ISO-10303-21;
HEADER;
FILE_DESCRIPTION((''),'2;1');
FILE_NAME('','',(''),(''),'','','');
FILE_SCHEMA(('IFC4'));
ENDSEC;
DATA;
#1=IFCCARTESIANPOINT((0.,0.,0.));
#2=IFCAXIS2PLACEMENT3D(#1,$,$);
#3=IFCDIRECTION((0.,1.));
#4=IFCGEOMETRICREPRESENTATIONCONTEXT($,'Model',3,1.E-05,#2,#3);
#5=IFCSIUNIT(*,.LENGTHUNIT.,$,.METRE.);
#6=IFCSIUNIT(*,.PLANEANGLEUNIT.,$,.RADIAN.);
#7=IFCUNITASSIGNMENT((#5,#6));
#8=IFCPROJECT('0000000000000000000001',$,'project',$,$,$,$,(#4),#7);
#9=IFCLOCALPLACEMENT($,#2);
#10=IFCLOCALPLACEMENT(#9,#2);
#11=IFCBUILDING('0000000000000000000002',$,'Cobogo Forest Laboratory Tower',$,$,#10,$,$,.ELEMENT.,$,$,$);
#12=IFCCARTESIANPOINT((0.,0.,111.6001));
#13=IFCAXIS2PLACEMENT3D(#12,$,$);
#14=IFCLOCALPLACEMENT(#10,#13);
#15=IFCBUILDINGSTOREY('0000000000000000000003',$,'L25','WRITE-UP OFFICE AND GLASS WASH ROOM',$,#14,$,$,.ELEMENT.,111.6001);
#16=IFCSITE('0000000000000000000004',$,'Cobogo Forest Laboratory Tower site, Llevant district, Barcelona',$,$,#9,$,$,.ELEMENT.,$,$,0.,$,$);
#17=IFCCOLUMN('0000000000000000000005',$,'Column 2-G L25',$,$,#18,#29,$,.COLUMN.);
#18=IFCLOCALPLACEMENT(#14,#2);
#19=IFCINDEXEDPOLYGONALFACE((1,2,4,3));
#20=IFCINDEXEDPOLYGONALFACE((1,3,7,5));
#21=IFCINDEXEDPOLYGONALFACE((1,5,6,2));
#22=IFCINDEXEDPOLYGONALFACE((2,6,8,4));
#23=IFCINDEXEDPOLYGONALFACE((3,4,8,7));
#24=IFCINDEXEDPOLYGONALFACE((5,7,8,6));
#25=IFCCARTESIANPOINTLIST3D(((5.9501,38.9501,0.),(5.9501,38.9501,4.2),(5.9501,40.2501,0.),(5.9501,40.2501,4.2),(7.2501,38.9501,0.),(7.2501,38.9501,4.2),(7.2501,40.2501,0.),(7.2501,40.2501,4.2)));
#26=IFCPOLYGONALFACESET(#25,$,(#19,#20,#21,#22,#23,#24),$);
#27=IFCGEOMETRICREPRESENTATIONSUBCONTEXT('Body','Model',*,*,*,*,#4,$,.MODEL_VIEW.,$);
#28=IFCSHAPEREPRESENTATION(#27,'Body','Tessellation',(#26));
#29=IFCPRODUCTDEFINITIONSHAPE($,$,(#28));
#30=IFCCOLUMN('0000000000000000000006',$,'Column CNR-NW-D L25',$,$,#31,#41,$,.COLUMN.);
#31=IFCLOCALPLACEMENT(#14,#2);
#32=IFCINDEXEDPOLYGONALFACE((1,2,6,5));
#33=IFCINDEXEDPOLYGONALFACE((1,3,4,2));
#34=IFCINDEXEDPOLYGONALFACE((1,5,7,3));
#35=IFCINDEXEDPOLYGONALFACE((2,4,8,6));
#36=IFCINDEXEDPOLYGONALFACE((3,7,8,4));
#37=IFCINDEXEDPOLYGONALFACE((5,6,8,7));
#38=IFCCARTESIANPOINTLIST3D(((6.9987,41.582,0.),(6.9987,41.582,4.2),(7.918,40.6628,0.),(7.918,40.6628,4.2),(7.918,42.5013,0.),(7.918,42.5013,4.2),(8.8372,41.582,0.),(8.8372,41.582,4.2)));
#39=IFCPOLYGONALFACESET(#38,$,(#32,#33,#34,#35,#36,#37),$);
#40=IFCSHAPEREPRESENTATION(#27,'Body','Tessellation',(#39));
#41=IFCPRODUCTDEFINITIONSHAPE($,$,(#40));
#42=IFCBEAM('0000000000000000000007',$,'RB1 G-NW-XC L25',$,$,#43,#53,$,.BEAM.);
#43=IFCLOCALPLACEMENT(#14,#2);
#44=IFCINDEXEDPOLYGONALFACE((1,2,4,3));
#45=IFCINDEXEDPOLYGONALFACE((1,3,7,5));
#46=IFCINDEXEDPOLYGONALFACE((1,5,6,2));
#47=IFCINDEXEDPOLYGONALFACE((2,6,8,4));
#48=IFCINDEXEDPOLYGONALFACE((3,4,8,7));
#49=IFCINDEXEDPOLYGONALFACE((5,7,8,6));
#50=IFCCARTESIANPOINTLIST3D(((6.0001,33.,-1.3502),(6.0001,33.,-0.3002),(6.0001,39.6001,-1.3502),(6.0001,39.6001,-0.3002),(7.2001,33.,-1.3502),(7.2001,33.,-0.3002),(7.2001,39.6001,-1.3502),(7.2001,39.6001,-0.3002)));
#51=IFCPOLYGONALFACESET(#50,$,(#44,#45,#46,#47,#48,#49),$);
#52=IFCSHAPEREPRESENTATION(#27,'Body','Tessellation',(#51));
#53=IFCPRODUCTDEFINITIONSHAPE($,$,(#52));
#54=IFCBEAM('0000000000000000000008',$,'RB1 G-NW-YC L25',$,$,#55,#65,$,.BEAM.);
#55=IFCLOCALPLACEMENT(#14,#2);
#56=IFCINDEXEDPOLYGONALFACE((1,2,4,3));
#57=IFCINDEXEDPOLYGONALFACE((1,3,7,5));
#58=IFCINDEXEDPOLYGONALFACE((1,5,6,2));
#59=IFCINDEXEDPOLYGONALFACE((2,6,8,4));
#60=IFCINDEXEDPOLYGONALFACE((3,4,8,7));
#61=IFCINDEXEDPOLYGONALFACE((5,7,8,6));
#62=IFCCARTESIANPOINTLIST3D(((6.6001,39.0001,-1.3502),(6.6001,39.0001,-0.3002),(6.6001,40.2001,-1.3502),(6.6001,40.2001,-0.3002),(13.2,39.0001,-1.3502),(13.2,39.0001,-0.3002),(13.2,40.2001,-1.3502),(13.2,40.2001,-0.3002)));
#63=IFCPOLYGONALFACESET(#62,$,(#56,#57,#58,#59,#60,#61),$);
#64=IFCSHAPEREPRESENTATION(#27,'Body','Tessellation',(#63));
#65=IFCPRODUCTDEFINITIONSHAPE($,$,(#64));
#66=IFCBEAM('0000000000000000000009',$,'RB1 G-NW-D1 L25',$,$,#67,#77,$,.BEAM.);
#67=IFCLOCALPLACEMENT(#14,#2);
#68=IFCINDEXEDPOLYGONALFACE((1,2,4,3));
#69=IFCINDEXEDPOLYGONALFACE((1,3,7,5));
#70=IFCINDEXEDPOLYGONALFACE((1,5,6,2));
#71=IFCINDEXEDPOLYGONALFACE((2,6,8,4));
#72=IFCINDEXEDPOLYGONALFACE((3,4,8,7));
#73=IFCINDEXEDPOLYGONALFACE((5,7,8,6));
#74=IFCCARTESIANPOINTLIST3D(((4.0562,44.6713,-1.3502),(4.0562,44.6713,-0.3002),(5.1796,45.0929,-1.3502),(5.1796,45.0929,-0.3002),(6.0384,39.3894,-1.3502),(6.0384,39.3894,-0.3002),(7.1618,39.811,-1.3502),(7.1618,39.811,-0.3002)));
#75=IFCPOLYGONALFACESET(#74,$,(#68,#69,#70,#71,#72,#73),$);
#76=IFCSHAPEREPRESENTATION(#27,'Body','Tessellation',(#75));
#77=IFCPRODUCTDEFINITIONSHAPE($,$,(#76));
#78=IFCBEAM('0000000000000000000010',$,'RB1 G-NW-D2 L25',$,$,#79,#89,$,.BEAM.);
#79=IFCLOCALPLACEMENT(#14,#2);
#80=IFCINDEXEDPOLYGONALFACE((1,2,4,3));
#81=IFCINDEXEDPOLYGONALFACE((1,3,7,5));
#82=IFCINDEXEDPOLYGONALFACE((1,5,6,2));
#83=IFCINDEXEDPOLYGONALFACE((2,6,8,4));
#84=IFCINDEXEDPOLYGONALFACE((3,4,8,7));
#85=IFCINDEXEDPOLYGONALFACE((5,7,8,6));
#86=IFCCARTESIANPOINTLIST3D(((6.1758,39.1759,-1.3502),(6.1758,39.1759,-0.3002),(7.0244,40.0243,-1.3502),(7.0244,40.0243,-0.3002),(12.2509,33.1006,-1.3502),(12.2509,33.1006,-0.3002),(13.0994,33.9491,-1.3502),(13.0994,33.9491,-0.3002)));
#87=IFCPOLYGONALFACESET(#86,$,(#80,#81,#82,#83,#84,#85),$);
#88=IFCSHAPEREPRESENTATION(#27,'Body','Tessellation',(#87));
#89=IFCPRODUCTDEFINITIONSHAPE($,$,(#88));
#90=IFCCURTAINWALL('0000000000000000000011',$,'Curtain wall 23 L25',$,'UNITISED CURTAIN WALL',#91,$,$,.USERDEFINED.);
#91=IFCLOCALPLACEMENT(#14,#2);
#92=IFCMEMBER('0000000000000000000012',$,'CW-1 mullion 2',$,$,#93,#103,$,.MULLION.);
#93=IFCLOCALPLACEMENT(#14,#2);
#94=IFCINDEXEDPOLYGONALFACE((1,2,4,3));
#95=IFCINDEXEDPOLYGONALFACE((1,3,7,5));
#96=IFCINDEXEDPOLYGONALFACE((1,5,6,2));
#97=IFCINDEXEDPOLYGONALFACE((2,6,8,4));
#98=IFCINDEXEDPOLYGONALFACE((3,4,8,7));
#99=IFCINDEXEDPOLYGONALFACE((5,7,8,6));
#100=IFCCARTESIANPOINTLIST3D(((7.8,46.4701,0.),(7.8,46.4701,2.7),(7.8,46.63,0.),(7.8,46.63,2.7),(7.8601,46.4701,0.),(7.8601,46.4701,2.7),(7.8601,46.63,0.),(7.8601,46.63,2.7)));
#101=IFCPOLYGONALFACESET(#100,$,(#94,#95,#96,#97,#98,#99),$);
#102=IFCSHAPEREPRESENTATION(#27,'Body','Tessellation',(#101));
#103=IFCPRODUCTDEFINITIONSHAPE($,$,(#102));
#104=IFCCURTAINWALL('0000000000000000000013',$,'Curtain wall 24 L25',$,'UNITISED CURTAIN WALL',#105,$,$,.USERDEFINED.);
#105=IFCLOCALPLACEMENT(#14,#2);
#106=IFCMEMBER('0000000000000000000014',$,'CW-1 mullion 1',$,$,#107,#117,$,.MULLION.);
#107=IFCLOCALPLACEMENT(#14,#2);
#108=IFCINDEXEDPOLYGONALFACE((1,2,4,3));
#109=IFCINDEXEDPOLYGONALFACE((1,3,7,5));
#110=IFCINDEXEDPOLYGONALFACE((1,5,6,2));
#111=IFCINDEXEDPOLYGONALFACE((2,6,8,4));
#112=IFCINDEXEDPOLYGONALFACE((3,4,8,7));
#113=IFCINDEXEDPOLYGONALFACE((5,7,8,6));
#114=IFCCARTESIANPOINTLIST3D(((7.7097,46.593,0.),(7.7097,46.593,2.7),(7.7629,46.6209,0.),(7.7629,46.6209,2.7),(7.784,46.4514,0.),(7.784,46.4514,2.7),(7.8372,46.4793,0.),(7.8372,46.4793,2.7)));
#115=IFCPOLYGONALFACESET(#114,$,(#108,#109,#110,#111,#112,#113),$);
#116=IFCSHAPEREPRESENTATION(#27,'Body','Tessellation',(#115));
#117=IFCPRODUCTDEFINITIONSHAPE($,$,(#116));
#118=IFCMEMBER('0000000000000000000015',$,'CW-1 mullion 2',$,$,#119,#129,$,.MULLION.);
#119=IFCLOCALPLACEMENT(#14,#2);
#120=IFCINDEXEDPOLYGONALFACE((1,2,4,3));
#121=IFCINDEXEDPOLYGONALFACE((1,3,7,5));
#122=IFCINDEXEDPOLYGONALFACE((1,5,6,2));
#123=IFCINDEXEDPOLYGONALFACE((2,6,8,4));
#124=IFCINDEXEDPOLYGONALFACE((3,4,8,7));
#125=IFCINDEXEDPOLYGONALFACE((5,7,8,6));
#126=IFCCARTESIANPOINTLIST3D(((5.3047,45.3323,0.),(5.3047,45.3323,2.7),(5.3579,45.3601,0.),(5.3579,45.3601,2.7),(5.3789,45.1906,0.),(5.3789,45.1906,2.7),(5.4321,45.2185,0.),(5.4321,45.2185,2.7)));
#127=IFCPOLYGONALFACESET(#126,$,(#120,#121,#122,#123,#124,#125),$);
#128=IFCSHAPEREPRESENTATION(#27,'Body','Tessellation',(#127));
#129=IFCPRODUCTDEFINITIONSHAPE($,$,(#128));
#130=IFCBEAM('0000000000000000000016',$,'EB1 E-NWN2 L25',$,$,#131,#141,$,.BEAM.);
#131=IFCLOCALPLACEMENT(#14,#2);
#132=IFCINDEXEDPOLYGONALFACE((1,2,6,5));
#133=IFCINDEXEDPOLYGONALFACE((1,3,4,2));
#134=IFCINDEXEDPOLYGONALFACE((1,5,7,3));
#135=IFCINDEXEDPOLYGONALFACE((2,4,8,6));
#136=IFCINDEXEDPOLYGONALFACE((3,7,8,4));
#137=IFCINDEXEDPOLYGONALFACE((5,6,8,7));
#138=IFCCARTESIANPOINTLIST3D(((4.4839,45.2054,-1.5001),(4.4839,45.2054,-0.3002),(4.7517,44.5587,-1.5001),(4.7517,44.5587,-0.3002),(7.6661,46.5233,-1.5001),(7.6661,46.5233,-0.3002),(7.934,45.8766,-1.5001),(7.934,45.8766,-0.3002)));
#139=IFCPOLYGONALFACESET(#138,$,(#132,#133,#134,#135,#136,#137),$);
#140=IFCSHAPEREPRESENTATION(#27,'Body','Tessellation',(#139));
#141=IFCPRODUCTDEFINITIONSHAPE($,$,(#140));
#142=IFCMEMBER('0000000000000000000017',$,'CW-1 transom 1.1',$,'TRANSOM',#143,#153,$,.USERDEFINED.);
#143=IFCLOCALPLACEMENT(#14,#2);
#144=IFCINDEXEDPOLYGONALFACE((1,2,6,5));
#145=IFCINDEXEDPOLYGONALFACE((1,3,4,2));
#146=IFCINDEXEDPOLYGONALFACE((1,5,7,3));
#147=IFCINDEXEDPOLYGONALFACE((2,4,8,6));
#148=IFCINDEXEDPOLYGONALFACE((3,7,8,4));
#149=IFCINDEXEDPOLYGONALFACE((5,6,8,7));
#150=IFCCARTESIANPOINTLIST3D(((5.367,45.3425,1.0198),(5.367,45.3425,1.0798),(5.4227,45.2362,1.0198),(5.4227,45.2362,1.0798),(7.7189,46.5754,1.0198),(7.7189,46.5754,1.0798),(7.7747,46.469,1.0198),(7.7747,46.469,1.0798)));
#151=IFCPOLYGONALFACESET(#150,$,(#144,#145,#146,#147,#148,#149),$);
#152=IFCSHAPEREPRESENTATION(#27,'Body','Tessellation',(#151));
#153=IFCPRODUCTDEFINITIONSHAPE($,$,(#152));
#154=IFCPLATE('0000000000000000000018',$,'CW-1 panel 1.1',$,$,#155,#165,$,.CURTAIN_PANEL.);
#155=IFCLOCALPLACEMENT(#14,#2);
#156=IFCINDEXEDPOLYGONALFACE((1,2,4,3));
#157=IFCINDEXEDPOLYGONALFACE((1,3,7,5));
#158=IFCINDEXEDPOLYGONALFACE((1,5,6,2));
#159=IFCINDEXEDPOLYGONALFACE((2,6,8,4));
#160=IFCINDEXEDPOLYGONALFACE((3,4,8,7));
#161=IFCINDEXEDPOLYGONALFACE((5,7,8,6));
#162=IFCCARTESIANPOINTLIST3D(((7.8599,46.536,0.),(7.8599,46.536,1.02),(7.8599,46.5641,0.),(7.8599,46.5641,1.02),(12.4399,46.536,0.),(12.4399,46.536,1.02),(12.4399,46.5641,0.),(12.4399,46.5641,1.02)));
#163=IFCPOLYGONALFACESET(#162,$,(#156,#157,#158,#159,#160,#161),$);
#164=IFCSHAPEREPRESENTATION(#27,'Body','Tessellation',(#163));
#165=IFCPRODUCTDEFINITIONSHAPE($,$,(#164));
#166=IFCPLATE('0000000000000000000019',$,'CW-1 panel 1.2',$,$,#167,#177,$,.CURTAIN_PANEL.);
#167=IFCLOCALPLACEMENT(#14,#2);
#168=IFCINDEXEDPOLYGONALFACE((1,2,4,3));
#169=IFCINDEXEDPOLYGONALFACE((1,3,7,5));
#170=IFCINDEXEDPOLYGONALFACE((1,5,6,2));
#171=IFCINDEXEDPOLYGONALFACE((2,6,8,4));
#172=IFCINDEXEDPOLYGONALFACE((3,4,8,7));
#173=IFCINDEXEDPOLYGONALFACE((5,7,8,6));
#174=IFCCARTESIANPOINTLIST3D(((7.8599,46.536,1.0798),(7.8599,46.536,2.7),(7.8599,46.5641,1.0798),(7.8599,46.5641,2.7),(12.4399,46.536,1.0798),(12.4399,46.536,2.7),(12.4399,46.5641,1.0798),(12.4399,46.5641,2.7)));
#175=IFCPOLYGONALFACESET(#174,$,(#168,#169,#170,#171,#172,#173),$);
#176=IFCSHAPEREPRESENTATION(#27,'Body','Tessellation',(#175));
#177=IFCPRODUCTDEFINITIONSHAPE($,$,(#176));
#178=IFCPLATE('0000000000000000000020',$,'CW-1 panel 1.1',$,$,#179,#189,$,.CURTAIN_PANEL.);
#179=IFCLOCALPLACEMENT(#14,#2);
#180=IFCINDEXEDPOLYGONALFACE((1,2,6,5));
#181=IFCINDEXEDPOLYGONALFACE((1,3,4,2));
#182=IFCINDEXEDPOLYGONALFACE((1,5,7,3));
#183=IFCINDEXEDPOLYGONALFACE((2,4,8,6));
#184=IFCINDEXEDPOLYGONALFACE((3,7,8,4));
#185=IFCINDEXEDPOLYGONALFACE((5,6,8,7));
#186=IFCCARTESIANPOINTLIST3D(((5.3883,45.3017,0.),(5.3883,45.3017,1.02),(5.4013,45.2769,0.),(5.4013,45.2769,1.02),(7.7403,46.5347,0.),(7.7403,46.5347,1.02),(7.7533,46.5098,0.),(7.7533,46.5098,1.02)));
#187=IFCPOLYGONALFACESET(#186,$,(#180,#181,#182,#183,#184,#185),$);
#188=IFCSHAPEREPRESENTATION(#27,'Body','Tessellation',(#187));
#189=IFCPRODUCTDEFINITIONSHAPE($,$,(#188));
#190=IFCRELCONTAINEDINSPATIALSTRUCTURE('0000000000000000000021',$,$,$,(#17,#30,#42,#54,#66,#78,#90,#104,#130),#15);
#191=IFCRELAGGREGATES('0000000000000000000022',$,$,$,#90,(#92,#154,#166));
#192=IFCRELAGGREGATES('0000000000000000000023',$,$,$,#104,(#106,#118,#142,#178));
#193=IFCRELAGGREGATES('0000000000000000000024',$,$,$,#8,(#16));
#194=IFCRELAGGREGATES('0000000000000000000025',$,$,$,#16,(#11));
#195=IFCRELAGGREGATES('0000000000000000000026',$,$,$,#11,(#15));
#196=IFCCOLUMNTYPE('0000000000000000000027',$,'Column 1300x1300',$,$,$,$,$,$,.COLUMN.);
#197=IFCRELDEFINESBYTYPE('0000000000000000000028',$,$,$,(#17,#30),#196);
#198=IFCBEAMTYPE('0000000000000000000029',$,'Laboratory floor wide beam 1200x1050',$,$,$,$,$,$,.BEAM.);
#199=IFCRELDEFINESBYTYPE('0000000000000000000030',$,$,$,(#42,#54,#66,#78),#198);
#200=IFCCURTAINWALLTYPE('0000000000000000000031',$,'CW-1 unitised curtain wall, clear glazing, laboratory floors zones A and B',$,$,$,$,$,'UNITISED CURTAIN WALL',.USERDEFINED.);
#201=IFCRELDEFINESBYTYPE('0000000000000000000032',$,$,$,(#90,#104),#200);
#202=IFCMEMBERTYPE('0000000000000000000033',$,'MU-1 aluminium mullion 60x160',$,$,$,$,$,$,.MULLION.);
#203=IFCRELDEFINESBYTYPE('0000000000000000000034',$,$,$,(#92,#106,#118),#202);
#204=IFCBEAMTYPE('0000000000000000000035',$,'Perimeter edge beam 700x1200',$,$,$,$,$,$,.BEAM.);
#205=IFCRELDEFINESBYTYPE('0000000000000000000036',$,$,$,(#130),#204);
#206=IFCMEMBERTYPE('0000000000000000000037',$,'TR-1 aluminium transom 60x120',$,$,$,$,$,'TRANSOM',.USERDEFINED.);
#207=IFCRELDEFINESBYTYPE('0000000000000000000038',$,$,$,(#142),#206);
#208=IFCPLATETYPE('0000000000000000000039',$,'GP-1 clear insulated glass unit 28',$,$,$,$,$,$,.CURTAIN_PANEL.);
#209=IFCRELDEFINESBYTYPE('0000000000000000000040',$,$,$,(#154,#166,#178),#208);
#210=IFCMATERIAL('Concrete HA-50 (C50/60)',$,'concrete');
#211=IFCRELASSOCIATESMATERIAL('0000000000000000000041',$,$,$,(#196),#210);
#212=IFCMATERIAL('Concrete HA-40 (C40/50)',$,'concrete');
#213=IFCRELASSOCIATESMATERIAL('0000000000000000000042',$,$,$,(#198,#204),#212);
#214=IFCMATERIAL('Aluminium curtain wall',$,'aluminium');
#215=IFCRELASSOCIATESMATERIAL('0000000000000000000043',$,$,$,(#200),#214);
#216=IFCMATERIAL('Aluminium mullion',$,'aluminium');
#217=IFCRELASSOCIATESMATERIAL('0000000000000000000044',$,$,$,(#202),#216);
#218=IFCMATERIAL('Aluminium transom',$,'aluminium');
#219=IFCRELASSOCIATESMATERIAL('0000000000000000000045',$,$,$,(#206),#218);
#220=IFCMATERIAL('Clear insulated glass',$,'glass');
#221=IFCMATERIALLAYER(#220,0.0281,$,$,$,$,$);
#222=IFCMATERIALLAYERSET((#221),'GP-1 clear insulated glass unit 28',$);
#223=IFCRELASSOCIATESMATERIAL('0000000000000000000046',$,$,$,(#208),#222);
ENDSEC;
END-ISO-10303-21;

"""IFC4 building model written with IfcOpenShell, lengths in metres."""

from ifc_helpers import new_model, si_unit, direction, frame, origin, origin_2d, place, context, subcontext, project, spatial, rectangle, extrude, material, layer, layer_set, material_profile, profile_set, type_object, element, aggregate, save


model = new_model("IFC4")

# Units and contexts
model_context = context("Model", 3, precision=1e-05, world=origin(), true_north=direction((0.0, 1.0)))
body_context = subcontext(model_context, "Body", "Model", "MODEL_VIEW")
ifc_project = project(units=[si_unit("LENGTHUNIT", "METRE"), si_unit("PLANEANGLEUNIT", "RADIAN")], contexts=[model_context])

# Site, building, storey
site_placement = place(None, origin())
site = spatial("IfcSite", under=ifc_project, at=site_placement, Name="Cobogo Forest Laboratory Tower site, Llevant district, Barcelona", CompositionType="ELEMENT", RefElevation=0.0)
building_placement = place(site_placement, origin())
building = spatial("IfcBuilding", under=site, at=building_placement, Name="Cobogo Forest Laboratory Tower", CompositionType="ELEMENT")
storey_placement = place(building_placement, frame((0.0, 0.0, 111.6001)))
storey = spatial("IfcBuildingStorey", under=building, at=storey_placement, Name="L25", Description="WRITE-UP OFFICE AND GLASS WASH ROOM", CompositionType="ELEMENT", Elevation=111.6001)

# Columns
ifc_material_1 = material(Name="Concrete HA-50 (C50/60)", Category="concrete")
ifc_material_profile_1 = material_profile(ifc_material_1, rectangle(XDim=1.3, YDim=1.3, at=origin_2d()), Name="RC 1300x1300")
ifc_profile_set_1 = profile_set([ifc_material_profile_1], Name="Concrete HA-50 (C50/60)")
column_type = type_object("IfcColumnType", Name="Column 1300x1300", PredefinedType="COLUMN", material=ifc_profile_set_1)
for number, where, z_axis, x_axis, name in (
    (1, (6.6001, 39.6001, 0.0), (0.0, 0.0, 1.0), (1.0, 0.0, 0.0), "Column 2-G L25"),
    (2, (7.918, 41.582, 0.0), (0.0, 0.0, 1.0), (0.707107, 0.707107, 0.0), "Column CNR-NW-D L25"),
):
    element("IfcColumn", number, at=place(storey_placement, frame(where, z_axis=z_axis, x_axis=x_axis)), inside=storey, type_object=column_type, Name=name, PredefinedType="COLUMN", context=body_context, shape_type="SweptSolid", body=[
        extrude(rectangle(XDim=1.3, YDim=1.3, at=origin_2d()), origin(), (0.0, 0.0, 1.0), 4.2),
    ])

# Beams
ifc_material_2 = material(Name="Concrete HA-40 (C40/50)", Category="concrete")
ifc_material_profile_2 = material_profile(ifc_material_2, rectangle(XDim=1.2, YDim=1.05, at=origin_2d()), Name="RC 1200x1050")
ifc_profile_set_2 = profile_set([ifc_material_profile_2], Name="Concrete HA-40 (C40/50)")
beam_type_1 = type_object("IfcBeamType", Name="Laboratory floor wide beam 1200x1050", PredefinedType="BEAM", material=ifc_profile_set_2)
beam_1_placement = place(storey_placement, frame((6.6001, 39.6001, -0.8252), z_axis=(0.0, -1.0, 0.0), x_axis=(1.0, 0.0, 0.0)))
element("IfcBeam", 3, at=beam_1_placement, inside=storey, type_object=beam_type_1, Name="RB1 G-NW-XC L25", PredefinedType="BEAM", context=body_context, shape_type="SweptSolid", body=[
    extrude(rectangle(XDim=1.2, YDim=1.05, at=origin_2d()), origin(), (0.0, 0.0, 1.0), 6.6001),
])
beam_2_placement = place(storey_placement, frame((6.6001, 39.6001, -0.8252), z_axis=(1.0, 0.0, 0.0), x_axis=(0.0, 1.0, 0.0)))
element("IfcBeam", 4, at=beam_2_placement, inside=storey, type_object=beam_type_1, Name="RB1 G-NW-YC L25", PredefinedType="BEAM", context=body_context, shape_type="SweptSolid", body=[
    extrude(rectangle(XDim=1.2, YDim=1.05, at=origin_2d()), origin(), (0.0, 0.0, 1.0), 6.5999),
])
beam_3_placement = place(storey_placement, frame((4.6179, 44.8821, -0.8252), z_axis=(0.351346, -0.936246, 0.0), x_axis=(0.936246, 0.351346, 0.0)))
element("IfcBeam", 5, at=beam_3_placement, inside=storey, type_object=beam_type_1, Name="RB1 G-NW-D1 L25", PredefinedType="BEAM", context=body_context, shape_type="SweptSolid", body=[
    extrude(rectangle(XDim=1.2, YDim=1.05, at=origin_2d()), origin(), (0.0, 0.0, 1.0), 5.6416),
])
beam_4_placement = place(storey_placement, frame((6.6001, 39.6001, -0.8252), z_axis=(0.707093, -0.707121, 0.0), x_axis=(0.707121, 0.707093, 0.0)))
element("IfcBeam", 6, at=beam_4_placement, inside=storey, type_object=beam_type_1, Name="RB1 G-NW-D2 L25", PredefinedType="BEAM", context=body_context, shape_type="SweptSolid", body=[
    extrude(rectangle(XDim=1.2, YDim=1.05, at=origin_2d()), origin(), (0.0, 0.0, 1.0), 8.5916),
])

# Curtain wall, member
ifc_material_3 = material(Name="Aluminium curtain wall", Category="aluminium")
curtain_wall_type = type_object("IfcCurtainWallType", Name="CW-1 unitised curtain wall, clear glazing, laboratory floors zones A and B", ElementType="UNITISED CURTAIN WALL", PredefinedType="USERDEFINED", material=ifc_material_3)
curtain_wall_1_placement = place(storey_placement, origin())
curtain_wall_1 = element("IfcCurtainWall", 7, at=curtain_wall_1_placement, inside=storey, type_object=curtain_wall_type, Name="Curtain wall 23 L25", ObjectType="UNITISED CURTAIN WALL", PredefinedType="USERDEFINED")
ifc_material_4 = material(Name="Aluminium mullion", Category="aluminium")
ifc_material_profile_3 = material_profile(ifc_material_4, rectangle(XDim=0.0601, YDim=0.1599, at=origin_2d()), Name="AL 60x160")
ifc_profile_set_3 = profile_set([ifc_material_profile_3], Name="Aluminium mullion")
member_type_1 = type_object("IfcMemberType", Name="MU-1 aluminium mullion 60x160", PredefinedType="MULLION", material=ifc_profile_set_3)
member_1_placement = place(storey_placement, frame((7.8301, 46.55, 0.0), z_axis=(0.0, 0.0, 1.0), x_axis=(-1.0, 0.0, 0.0)))
member_1 = element("IfcMember", 8, at=member_1_placement, type_object=member_type_1, Name="CW-1 mullion 2", PredefinedType="MULLION", context=body_context, shape_type="SweptSolid", body=[
    extrude(rectangle(XDim=0.0601, YDim=0.1599, at=origin_2d()), origin(), (0.0, 0.0, 1.0), 2.7),
])

# Curtain wall, members
curtain_wall_2_placement = place(storey_placement, origin())
curtain_wall_2 = element("IfcCurtainWall", 9, at=curtain_wall_2_placement, inside=storey, type_object=curtain_wall_type, Name="Curtain wall 24 L25", ObjectType="UNITISED CURTAIN WALL", PredefinedType="USERDEFINED")
member_2_placement = place(storey_placement, frame((7.7734, 46.5361, 0.0), z_axis=(0.0, 0.0, 1.0), x_axis=(-0.885687, -0.464284, 0.0)))
member_2 = element("IfcMember", 10, at=member_2_placement, type_object=member_type_1, Name="CW-1 mullion 1", PredefinedType="MULLION", context=body_context, shape_type="SweptSolid", body=[
    extrude(rectangle(XDim=0.0601, YDim=0.1599, at=origin_2d()), origin(), (0.0, 0.0, 1.0), 2.7),
])
member_3_placement = place(storey_placement, frame((5.3684, 45.2754, 0.0), z_axis=(0.0, 0.0, 1.0), x_axis=(-0.885687, -0.464284, 0.0)))
member_3 = element("IfcMember", 11, at=member_3_placement, type_object=member_type_1, Name="CW-1 mullion 2", PredefinedType="MULLION", context=body_context, shape_type="SweptSolid", body=[
    extrude(rectangle(XDim=0.0601, YDim=0.1599, at=origin_2d()), origin(), (0.0, 0.0, 1.0), 2.7),
])

# Beam
ifc_material_profile_4 = material_profile(ifc_material_2, rectangle(XDim=0.7, YDim=1.2, at=origin_2d()), Name="RC 700x1200")
ifc_profile_set_4 = profile_set([ifc_material_profile_4], Name="Concrete HA-40 (C40/50)")
beam_type_2 = type_object("IfcBeamType", Name="Perimeter edge beam 700x1200", PredefinedType="BEAM", material=ifc_profile_set_4)
beam_5_placement = place(storey_placement, frame((7.8, 46.2, -0.9001), z_axis=(-0.923901, -0.382631, 0.0), x_axis=(0.382631, -0.923901, 0.0)))
element("IfcBeam", 12, at=beam_5_placement, inside=storey, type_object=beam_type_2, Name="EB1 E-NWN2 L25", PredefinedType="BEAM", context=body_context, shape_type="SweptSolid", body=[
    extrude(rectangle(XDim=0.7, YDim=1.2, at=origin_2d()), origin(), (0.0, 0.0, 1.0), 3.4443),
])

# Member
ifc_material_5 = material(Name="Aluminium transom", Category="aluminium")
ifc_material_profile_5 = material_profile(ifc_material_5, rectangle(XDim=0.1201, YDim=0.0601, at=origin_2d()), Name="AL 60x120")
ifc_profile_set_5 = profile_set([ifc_material_profile_5], Name="Aluminium transom")
member_type_2 = type_object("IfcMemberType", Name="TR-1 aluminium transom 60x120", ElementType="TRANSOM", PredefinedType="USERDEFINED", material=ifc_profile_set_5)
member_4_placement = place(storey_placement, frame((7.7468, 46.5222, 1.0498), z_axis=(-0.885695, -0.464268, 0.0), x_axis=(0.464268, -0.885695, 0.0)))
member_4 = element("IfcMember", 13, at=member_4_placement, type_object=member_type_2, Name="CW-1 transom 1.1", ObjectType="TRANSOM", PredefinedType="USERDEFINED", context=body_context, shape_type="SweptSolid", body=[
    extrude(rectangle(XDim=0.1201, YDim=0.0601, at=origin_2d()), origin(), (0.0, 0.0, 1.0), 2.6555),
])

# Plates
ifc_material_6 = material(Name="Clear insulated glass", Category="glass")
ifc_layer_1 = layer(ifc_material_6, 0.0281)
ifc_layer_set_1 = layer_set([ifc_layer_1], Name="GP-1 clear insulated glass unit 28")
plate_type = type_object("IfcPlateType", Name="GP-1 clear insulated glass unit 28", PredefinedType="CURTAIN_PANEL", material=ifc_layer_set_1)
plate_1_placement = place(storey_placement, frame((10.1499, 46.55, 0.0), z_axis=(0.0, 0.0, 1.0), x_axis=(-1.0, 0.0, 0.0)))
plate_1 = element("IfcPlate", 14, at=plate_1_placement, type_object=plate_type, Name="CW-1 panel 1.1", PredefinedType="CURTAIN_PANEL", context=body_context, shape_type="SweptSolid", body=[
    extrude(rectangle(XDim=4.5801, YDim=0.0281, at=origin_2d()), origin(), (0.0, 0.0, 1.0), 1.02),
])
plate_2_placement = place(storey_placement, frame((10.1499, 46.55, 1.0798), z_axis=(0.0, 0.0, 1.0), x_axis=(-1.0, 0.0, 0.0)))
plate_2 = element("IfcPlate", 15, at=plate_2_placement, type_object=plate_type, Name="CW-1 panel 1.2", PredefinedType="CURTAIN_PANEL", context=body_context, shape_type="SweptSolid", body=[
    extrude(rectangle(XDim=4.5801, YDim=0.0281, at=origin_2d()), origin(), (0.0, 0.0, 1.0), 1.6201),
])
aggregate(curtain_wall_1, [member_1, plate_1, plate_2])
plate_3_placement = place(storey_placement, frame((6.5708, 45.9058, 0.0), z_axis=(0.0, 0.0, 1.0), x_axis=(-0.885687, -0.464284, 0.0)))
plate_3 = element("IfcPlate", 16, at=plate_3_placement, type_object=plate_type, Name="CW-1 panel 1.1", PredefinedType="CURTAIN_PANEL", context=body_context, shape_type="SweptSolid", body=[
    extrude(rectangle(XDim=2.6555, YDim=0.0281, at=origin_2d()), origin(), (0.0, 0.0, 1.0), 1.02),
])
aggregate(curtain_wall_2, [member_2, member_3, member_4, plate_3])

save(model, "model.ifc")
